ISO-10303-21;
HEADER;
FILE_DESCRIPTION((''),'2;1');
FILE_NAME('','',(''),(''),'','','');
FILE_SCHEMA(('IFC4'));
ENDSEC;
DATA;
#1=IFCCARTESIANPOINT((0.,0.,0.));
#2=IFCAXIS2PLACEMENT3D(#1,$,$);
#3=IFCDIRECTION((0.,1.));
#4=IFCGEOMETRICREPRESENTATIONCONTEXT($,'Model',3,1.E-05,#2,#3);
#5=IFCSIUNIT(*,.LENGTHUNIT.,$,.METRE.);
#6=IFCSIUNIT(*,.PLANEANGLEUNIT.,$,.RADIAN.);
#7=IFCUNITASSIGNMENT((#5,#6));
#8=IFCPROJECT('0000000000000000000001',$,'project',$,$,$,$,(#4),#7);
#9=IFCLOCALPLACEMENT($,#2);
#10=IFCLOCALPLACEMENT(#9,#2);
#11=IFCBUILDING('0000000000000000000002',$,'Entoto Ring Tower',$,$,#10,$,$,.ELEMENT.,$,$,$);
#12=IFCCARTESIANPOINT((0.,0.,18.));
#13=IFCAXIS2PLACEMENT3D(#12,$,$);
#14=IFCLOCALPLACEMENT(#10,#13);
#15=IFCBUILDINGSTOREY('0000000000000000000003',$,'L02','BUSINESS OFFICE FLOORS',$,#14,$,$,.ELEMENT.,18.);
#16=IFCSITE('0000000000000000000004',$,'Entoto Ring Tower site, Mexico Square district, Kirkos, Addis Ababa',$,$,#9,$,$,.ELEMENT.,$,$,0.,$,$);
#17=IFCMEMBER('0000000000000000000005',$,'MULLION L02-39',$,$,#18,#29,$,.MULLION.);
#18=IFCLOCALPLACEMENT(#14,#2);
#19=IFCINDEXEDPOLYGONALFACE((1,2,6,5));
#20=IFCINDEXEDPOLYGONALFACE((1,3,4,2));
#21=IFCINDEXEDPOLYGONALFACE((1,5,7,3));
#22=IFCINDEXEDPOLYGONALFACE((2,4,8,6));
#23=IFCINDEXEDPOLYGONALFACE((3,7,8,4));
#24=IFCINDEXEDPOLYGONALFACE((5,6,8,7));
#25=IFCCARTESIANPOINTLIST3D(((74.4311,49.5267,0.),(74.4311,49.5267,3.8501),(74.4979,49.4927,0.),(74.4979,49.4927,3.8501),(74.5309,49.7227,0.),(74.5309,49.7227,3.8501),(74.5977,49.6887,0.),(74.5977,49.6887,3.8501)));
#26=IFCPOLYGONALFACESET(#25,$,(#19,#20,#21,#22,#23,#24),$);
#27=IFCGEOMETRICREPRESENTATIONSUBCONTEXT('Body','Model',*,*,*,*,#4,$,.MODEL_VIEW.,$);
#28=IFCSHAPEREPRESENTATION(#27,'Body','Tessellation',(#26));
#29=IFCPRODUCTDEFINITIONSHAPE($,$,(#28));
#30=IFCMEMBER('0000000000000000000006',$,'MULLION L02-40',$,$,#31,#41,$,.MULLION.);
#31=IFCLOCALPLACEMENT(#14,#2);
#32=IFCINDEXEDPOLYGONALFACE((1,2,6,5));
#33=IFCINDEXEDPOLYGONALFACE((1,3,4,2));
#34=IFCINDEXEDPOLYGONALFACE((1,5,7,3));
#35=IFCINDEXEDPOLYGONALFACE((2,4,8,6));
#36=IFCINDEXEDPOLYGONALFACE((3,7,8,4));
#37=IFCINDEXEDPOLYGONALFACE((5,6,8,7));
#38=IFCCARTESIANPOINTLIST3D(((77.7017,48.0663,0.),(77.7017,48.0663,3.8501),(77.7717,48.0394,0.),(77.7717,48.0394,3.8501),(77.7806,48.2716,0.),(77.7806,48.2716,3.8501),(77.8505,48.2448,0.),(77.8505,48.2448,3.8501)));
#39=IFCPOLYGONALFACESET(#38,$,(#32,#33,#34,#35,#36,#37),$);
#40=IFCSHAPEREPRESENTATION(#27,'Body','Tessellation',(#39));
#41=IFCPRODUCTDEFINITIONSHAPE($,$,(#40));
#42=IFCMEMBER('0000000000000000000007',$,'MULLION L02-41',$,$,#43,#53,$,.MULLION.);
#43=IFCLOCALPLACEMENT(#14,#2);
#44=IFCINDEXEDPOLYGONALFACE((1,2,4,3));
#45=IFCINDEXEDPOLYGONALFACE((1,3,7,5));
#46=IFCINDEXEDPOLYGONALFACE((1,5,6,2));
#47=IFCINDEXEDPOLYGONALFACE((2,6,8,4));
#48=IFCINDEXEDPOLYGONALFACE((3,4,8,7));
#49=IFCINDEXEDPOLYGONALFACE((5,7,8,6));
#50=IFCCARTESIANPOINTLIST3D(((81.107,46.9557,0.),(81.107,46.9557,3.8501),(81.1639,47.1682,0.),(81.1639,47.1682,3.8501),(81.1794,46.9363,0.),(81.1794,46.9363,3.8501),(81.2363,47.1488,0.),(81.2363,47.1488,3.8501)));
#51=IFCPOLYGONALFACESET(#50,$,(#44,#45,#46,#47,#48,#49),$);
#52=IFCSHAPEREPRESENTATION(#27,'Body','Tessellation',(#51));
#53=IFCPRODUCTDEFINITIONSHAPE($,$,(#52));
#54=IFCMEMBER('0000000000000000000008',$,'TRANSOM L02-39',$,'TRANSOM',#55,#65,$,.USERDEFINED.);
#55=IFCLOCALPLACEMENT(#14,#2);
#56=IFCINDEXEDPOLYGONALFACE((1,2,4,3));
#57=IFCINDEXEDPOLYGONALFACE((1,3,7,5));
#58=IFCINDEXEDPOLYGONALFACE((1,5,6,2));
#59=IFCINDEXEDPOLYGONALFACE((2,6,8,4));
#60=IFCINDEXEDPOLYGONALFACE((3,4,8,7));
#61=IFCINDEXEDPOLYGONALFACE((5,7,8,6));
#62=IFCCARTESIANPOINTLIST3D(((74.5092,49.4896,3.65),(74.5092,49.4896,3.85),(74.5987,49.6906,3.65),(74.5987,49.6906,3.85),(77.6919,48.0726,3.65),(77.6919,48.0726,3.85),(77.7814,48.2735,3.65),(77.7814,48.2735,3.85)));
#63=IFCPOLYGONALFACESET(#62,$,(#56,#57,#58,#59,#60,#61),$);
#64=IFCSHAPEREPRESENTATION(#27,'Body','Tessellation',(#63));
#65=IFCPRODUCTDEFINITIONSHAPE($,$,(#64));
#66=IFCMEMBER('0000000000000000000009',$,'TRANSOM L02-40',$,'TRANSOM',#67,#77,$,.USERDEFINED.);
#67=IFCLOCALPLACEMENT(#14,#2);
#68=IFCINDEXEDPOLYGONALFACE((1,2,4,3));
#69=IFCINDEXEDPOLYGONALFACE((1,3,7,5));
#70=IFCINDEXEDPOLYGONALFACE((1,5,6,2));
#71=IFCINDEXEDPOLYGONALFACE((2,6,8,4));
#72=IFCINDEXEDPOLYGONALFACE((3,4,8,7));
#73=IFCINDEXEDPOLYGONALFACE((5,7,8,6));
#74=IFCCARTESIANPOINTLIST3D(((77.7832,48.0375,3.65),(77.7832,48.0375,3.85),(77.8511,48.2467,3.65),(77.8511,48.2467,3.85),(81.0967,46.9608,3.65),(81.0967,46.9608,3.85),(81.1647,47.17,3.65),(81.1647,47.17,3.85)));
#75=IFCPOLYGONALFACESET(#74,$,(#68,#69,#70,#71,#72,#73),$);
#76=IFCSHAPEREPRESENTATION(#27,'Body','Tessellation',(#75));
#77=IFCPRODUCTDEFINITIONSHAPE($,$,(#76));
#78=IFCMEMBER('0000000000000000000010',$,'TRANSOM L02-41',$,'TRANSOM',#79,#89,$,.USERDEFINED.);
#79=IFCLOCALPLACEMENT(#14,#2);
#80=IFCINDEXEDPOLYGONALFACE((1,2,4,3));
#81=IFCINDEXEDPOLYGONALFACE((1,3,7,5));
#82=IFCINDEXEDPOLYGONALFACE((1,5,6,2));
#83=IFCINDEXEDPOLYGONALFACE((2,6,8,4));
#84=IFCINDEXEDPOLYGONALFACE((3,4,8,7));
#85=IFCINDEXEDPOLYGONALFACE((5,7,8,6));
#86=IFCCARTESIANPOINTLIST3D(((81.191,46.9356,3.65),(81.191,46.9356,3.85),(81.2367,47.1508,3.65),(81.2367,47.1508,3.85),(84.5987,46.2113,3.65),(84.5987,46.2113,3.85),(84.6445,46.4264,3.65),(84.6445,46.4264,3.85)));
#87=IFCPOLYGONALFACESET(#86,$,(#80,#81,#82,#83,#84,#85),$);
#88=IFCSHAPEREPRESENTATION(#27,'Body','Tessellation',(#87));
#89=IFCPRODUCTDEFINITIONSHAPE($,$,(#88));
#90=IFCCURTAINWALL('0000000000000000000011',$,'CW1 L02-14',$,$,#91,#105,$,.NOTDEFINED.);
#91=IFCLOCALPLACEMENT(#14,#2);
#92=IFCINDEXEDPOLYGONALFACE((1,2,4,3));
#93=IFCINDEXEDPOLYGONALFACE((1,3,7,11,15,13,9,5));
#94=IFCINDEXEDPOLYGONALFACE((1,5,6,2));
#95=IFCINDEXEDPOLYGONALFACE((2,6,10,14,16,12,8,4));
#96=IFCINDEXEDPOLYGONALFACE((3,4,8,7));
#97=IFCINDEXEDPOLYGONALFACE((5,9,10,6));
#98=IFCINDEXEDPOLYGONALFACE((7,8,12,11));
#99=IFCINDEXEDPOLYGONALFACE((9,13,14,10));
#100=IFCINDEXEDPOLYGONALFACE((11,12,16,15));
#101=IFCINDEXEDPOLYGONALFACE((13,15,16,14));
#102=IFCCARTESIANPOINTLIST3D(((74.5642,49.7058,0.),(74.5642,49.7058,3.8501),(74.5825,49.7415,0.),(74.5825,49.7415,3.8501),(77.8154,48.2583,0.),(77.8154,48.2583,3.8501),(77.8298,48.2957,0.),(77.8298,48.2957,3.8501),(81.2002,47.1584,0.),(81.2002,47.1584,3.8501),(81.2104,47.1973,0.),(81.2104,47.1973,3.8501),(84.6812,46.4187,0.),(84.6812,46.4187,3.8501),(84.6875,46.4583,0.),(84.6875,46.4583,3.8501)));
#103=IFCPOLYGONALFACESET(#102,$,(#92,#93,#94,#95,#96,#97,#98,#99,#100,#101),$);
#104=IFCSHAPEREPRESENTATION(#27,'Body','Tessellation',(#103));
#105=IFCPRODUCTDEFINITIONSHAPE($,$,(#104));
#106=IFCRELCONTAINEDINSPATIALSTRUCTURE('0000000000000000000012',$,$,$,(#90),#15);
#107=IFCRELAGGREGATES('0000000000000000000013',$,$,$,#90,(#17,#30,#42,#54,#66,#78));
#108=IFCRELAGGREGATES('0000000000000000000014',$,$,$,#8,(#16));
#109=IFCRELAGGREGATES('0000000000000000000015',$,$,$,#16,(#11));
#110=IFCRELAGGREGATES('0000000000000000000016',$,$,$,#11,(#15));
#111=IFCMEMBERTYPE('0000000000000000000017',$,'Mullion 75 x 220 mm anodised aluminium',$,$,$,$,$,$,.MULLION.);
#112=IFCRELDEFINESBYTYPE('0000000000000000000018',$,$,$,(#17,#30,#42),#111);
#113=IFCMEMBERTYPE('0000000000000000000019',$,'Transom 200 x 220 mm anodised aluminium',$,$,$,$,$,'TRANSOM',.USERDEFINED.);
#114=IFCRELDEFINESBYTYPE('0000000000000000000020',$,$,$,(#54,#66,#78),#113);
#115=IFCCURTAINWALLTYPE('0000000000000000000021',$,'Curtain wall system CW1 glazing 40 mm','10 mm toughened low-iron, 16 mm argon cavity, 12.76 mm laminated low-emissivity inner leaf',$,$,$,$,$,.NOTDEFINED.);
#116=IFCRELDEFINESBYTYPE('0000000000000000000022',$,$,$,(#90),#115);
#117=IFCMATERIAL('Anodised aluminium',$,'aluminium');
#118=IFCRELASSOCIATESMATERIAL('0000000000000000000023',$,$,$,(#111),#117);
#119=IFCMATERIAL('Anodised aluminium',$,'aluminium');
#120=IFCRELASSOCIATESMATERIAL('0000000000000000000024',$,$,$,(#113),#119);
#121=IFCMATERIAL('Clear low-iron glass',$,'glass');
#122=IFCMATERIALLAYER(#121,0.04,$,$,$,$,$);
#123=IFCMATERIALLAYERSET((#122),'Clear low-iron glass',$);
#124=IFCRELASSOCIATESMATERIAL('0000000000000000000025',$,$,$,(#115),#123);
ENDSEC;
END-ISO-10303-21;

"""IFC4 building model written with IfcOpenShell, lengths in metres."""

from ifc_helpers import new_model, si_unit, direction, frame, origin, origin_2d, place, context, subcontext, project, spatial, polyline, rectangle, outline, extrude, material, layer, layer_set, material_profile, profile_set, type_object, element, aggregate, save


model = new_model("IFC4")

# Units and contexts
model_context = context("Model", 3, precision=1e-05, world=origin(), true_north=direction((0.0, 1.0)))
body_context = subcontext(model_context, "Body", "Model", "MODEL_VIEW")
ifc_project = project(units=[si_unit("LENGTHUNIT", "METRE"), si_unit("PLANEANGLEUNIT", "RADIAN")], contexts=[model_context])

# Members
ifc_material_1 = material(Name="Anodised aluminium", Category="aluminium")
ifc_material_profile_1 = material_profile(ifc_material_1, rectangle(XDim=0.075, YDim=0.22, at=origin_2d()), Name="Mullion 75 x 220 mm anodised aluminium")
ifc_profile_set_1 = profile_set([ifc_material_profile_1], Name="Anodised aluminium")
member_type_1 = type_object("IfcMemberType", Name="Mullion 75 x 220 mm anodised aluminium", PredefinedType="MULLION", material=ifc_profile_set_1)
site_placement = place(None, origin())
building_placement = place(site_placement, origin())
storey_placement = place(building_placement, frame((0.0, 0.0, 18.0)))
member_1_placement = place(storey_placement, frame((74.5144, 49.6077, 0.0), z_axis=(0.0, 0.0, 1.0), x_axis=(0.891007, -0.45399, 0.0)))
member_1 = element("IfcMember", 1, at=member_1_placement, type_object=member_type_1, Name="MULLION L02-39", PredefinedType="MULLION", context=body_context, shape_type="SweptSolid", body=[
    extrude(rectangle(XDim=0.075, YDim=0.22, at=origin_2d()), origin(), (0.0, 0.0, 1.0), 3.8501),
])
member_2_placement = place(storey_placement, frame((77.7761, 48.1555, 0.0), z_axis=(0.0, 0.0, 1.0), x_axis=(0.93358, -0.358368, 0.0)))
member_2 = element("IfcMember", 2, at=member_2_placement, type_object=member_type_1, Name="MULLION L02-40", PredefinedType="MULLION", context=body_context, shape_type="SweptSolid", body=[
    extrude(rectangle(XDim=0.075, YDim=0.22, at=origin_2d()), origin(), (0.0, 0.0, 1.0), 3.8501),
])
member_3_placement = place(storey_placement, frame((81.1716, 47.0522, 0.0), z_axis=(0.0, 0.0, 1.0), x_axis=(0.965926, -0.258819, 0.0)))
member_3 = element("IfcMember", 3, at=member_3_placement, type_object=member_type_1, Name="MULLION L02-41", PredefinedType="MULLION", context=body_context, shape_type="SweptSolid", body=[
    extrude(rectangle(XDim=0.075, YDim=0.22, at=origin_2d()), origin(), (0.0, 0.0, 1.0), 3.8501),
])
ifc_material_2 = material(Name="Anodised aluminium", Category="aluminium")
ifc_material_profile_2 = material_profile(ifc_material_2, rectangle(XDim=0.22, YDim=0.2, at=origin_2d()), Name="Transom 200 x 220 mm anodised aluminium")
ifc_profile_set_2 = profile_set([ifc_material_profile_2], Name="Anodised aluminium")
member_type_2 = type_object("IfcMemberType", Name="Transom 200 x 220 mm anodised aluminium", ElementType="TRANSOM", PredefinedType="USERDEFINED", material=ifc_profile_set_2)
member_4_placement = place(storey_placement, frame((74.554, 49.5901, 3.75), z_axis=(0.913545, -0.406737, 0.0), x_axis=(0.406737, 0.913545, 0.0)))
member_4 = element("IfcMember", 4, at=member_4_placement, type_object=member_type_2, Name="TRANSOM L02-39", ObjectType="TRANSOM", PredefinedType="USERDEFINED", context=body_context, shape_type="SweptSolid", body=[
    extrude(rectangle(XDim=0.22, YDim=0.2, at=origin_2d()), origin(), (0.0, 0.0, 1.0), 3.4839),
])
member_5_placement = place(storey_placement, frame((77.8171, 48.1421, 3.75), z_axis=(0.951053, -0.309029, 0.0), x_axis=(0.309029, 0.951053, 0.0)))
member_5 = element("IfcMember", 5, at=member_5_placement, type_object=member_type_2, Name="TRANSOM L02-40", ObjectType="TRANSOM", PredefinedType="USERDEFINED", context=body_context, shape_type="SweptSolid", body=[
    extrude(rectangle(XDim=0.22, YDim=0.2, at=origin_2d()), origin(), (0.0, 0.0, 1.0), 3.4841),
])
member_6_placement = place(storey_placement, frame((81.2139, 47.0432, 3.75), z_axis=(0.978146, -0.207921, 0.0), x_axis=(0.207921, 0.978146, 0.0)))
member_6 = element("IfcMember", 6, at=member_6_placement, type_object=member_type_2, Name="TRANSOM L02-41", ObjectType="TRANSOM", PredefinedType="USERDEFINED", context=body_context, shape_type="SweptSolid", body=[
    extrude(rectangle(XDim=0.22, YDim=0.2, at=origin_2d()), origin(), (0.0, 0.0, 1.0), 3.4839),
])

# Site, building, storey
site = spatial("IfcSite", under=ifc_project, at=site_placement, Name="Entoto Ring Tower site, Mexico Square district, Kirkos, Addis Ababa", CompositionType="ELEMENT", RefElevation=0.0)
building = spatial("IfcBuilding", under=site, at=building_placement, Name="Entoto Ring Tower", CompositionType="ELEMENT")
storey = spatial("IfcBuildingStorey", under=building, at=storey_placement, Name="L02", Description="BUSINESS OFFICE FLOORS", CompositionType="ELEMENT", Elevation=18.0)

# Curtain wall
ifc_material_3 = material(Name="Clear low-iron glass", Category="glass")
ifc_layer = layer(ifc_material_3, 0.04)
ifc_layer_set = layer_set([ifc_layer], Name="Clear low-iron glass")
curtain_wall_type = type_object("IfcCurtainWallType", Name="Curtain wall system CW1 glazing 40 mm", Description="10 mm toughened low-iron, 16 mm argon cavity, 12.76 mm laminated low-emissivity inner leaf", PredefinedType="NOTDEFINED", material=ifc_layer_set)
curtain_wall_1_placement = place(storey_placement, origin())
curtain_wall_1 = element("IfcCurtainWall", 7, at=curtain_wall_1_placement, inside=storey, type_object=curtain_wall_type, Name="CW1 L02-14", PredefinedType="NOTDEFINED", context=body_context, shape_type="SweptSolid", body=[
    extrude(outline(polyline([(74.5642, 49.7058), (77.8154, 48.2583), (81.2002, 47.1584), (84.6812, 46.4187), (84.6875, 46.4583), (81.2104, 47.1973), (77.8298, 48.2957), (74.5825, 49.7415), (74.5642, 49.7058)])), origin(), (0.0, 0.0, 1.0), 3.8501),
])
aggregate(curtain_wall_1, [member_1, member_2, member_3, member_4, member_5, member_6])

save(model, "model.ifc")
